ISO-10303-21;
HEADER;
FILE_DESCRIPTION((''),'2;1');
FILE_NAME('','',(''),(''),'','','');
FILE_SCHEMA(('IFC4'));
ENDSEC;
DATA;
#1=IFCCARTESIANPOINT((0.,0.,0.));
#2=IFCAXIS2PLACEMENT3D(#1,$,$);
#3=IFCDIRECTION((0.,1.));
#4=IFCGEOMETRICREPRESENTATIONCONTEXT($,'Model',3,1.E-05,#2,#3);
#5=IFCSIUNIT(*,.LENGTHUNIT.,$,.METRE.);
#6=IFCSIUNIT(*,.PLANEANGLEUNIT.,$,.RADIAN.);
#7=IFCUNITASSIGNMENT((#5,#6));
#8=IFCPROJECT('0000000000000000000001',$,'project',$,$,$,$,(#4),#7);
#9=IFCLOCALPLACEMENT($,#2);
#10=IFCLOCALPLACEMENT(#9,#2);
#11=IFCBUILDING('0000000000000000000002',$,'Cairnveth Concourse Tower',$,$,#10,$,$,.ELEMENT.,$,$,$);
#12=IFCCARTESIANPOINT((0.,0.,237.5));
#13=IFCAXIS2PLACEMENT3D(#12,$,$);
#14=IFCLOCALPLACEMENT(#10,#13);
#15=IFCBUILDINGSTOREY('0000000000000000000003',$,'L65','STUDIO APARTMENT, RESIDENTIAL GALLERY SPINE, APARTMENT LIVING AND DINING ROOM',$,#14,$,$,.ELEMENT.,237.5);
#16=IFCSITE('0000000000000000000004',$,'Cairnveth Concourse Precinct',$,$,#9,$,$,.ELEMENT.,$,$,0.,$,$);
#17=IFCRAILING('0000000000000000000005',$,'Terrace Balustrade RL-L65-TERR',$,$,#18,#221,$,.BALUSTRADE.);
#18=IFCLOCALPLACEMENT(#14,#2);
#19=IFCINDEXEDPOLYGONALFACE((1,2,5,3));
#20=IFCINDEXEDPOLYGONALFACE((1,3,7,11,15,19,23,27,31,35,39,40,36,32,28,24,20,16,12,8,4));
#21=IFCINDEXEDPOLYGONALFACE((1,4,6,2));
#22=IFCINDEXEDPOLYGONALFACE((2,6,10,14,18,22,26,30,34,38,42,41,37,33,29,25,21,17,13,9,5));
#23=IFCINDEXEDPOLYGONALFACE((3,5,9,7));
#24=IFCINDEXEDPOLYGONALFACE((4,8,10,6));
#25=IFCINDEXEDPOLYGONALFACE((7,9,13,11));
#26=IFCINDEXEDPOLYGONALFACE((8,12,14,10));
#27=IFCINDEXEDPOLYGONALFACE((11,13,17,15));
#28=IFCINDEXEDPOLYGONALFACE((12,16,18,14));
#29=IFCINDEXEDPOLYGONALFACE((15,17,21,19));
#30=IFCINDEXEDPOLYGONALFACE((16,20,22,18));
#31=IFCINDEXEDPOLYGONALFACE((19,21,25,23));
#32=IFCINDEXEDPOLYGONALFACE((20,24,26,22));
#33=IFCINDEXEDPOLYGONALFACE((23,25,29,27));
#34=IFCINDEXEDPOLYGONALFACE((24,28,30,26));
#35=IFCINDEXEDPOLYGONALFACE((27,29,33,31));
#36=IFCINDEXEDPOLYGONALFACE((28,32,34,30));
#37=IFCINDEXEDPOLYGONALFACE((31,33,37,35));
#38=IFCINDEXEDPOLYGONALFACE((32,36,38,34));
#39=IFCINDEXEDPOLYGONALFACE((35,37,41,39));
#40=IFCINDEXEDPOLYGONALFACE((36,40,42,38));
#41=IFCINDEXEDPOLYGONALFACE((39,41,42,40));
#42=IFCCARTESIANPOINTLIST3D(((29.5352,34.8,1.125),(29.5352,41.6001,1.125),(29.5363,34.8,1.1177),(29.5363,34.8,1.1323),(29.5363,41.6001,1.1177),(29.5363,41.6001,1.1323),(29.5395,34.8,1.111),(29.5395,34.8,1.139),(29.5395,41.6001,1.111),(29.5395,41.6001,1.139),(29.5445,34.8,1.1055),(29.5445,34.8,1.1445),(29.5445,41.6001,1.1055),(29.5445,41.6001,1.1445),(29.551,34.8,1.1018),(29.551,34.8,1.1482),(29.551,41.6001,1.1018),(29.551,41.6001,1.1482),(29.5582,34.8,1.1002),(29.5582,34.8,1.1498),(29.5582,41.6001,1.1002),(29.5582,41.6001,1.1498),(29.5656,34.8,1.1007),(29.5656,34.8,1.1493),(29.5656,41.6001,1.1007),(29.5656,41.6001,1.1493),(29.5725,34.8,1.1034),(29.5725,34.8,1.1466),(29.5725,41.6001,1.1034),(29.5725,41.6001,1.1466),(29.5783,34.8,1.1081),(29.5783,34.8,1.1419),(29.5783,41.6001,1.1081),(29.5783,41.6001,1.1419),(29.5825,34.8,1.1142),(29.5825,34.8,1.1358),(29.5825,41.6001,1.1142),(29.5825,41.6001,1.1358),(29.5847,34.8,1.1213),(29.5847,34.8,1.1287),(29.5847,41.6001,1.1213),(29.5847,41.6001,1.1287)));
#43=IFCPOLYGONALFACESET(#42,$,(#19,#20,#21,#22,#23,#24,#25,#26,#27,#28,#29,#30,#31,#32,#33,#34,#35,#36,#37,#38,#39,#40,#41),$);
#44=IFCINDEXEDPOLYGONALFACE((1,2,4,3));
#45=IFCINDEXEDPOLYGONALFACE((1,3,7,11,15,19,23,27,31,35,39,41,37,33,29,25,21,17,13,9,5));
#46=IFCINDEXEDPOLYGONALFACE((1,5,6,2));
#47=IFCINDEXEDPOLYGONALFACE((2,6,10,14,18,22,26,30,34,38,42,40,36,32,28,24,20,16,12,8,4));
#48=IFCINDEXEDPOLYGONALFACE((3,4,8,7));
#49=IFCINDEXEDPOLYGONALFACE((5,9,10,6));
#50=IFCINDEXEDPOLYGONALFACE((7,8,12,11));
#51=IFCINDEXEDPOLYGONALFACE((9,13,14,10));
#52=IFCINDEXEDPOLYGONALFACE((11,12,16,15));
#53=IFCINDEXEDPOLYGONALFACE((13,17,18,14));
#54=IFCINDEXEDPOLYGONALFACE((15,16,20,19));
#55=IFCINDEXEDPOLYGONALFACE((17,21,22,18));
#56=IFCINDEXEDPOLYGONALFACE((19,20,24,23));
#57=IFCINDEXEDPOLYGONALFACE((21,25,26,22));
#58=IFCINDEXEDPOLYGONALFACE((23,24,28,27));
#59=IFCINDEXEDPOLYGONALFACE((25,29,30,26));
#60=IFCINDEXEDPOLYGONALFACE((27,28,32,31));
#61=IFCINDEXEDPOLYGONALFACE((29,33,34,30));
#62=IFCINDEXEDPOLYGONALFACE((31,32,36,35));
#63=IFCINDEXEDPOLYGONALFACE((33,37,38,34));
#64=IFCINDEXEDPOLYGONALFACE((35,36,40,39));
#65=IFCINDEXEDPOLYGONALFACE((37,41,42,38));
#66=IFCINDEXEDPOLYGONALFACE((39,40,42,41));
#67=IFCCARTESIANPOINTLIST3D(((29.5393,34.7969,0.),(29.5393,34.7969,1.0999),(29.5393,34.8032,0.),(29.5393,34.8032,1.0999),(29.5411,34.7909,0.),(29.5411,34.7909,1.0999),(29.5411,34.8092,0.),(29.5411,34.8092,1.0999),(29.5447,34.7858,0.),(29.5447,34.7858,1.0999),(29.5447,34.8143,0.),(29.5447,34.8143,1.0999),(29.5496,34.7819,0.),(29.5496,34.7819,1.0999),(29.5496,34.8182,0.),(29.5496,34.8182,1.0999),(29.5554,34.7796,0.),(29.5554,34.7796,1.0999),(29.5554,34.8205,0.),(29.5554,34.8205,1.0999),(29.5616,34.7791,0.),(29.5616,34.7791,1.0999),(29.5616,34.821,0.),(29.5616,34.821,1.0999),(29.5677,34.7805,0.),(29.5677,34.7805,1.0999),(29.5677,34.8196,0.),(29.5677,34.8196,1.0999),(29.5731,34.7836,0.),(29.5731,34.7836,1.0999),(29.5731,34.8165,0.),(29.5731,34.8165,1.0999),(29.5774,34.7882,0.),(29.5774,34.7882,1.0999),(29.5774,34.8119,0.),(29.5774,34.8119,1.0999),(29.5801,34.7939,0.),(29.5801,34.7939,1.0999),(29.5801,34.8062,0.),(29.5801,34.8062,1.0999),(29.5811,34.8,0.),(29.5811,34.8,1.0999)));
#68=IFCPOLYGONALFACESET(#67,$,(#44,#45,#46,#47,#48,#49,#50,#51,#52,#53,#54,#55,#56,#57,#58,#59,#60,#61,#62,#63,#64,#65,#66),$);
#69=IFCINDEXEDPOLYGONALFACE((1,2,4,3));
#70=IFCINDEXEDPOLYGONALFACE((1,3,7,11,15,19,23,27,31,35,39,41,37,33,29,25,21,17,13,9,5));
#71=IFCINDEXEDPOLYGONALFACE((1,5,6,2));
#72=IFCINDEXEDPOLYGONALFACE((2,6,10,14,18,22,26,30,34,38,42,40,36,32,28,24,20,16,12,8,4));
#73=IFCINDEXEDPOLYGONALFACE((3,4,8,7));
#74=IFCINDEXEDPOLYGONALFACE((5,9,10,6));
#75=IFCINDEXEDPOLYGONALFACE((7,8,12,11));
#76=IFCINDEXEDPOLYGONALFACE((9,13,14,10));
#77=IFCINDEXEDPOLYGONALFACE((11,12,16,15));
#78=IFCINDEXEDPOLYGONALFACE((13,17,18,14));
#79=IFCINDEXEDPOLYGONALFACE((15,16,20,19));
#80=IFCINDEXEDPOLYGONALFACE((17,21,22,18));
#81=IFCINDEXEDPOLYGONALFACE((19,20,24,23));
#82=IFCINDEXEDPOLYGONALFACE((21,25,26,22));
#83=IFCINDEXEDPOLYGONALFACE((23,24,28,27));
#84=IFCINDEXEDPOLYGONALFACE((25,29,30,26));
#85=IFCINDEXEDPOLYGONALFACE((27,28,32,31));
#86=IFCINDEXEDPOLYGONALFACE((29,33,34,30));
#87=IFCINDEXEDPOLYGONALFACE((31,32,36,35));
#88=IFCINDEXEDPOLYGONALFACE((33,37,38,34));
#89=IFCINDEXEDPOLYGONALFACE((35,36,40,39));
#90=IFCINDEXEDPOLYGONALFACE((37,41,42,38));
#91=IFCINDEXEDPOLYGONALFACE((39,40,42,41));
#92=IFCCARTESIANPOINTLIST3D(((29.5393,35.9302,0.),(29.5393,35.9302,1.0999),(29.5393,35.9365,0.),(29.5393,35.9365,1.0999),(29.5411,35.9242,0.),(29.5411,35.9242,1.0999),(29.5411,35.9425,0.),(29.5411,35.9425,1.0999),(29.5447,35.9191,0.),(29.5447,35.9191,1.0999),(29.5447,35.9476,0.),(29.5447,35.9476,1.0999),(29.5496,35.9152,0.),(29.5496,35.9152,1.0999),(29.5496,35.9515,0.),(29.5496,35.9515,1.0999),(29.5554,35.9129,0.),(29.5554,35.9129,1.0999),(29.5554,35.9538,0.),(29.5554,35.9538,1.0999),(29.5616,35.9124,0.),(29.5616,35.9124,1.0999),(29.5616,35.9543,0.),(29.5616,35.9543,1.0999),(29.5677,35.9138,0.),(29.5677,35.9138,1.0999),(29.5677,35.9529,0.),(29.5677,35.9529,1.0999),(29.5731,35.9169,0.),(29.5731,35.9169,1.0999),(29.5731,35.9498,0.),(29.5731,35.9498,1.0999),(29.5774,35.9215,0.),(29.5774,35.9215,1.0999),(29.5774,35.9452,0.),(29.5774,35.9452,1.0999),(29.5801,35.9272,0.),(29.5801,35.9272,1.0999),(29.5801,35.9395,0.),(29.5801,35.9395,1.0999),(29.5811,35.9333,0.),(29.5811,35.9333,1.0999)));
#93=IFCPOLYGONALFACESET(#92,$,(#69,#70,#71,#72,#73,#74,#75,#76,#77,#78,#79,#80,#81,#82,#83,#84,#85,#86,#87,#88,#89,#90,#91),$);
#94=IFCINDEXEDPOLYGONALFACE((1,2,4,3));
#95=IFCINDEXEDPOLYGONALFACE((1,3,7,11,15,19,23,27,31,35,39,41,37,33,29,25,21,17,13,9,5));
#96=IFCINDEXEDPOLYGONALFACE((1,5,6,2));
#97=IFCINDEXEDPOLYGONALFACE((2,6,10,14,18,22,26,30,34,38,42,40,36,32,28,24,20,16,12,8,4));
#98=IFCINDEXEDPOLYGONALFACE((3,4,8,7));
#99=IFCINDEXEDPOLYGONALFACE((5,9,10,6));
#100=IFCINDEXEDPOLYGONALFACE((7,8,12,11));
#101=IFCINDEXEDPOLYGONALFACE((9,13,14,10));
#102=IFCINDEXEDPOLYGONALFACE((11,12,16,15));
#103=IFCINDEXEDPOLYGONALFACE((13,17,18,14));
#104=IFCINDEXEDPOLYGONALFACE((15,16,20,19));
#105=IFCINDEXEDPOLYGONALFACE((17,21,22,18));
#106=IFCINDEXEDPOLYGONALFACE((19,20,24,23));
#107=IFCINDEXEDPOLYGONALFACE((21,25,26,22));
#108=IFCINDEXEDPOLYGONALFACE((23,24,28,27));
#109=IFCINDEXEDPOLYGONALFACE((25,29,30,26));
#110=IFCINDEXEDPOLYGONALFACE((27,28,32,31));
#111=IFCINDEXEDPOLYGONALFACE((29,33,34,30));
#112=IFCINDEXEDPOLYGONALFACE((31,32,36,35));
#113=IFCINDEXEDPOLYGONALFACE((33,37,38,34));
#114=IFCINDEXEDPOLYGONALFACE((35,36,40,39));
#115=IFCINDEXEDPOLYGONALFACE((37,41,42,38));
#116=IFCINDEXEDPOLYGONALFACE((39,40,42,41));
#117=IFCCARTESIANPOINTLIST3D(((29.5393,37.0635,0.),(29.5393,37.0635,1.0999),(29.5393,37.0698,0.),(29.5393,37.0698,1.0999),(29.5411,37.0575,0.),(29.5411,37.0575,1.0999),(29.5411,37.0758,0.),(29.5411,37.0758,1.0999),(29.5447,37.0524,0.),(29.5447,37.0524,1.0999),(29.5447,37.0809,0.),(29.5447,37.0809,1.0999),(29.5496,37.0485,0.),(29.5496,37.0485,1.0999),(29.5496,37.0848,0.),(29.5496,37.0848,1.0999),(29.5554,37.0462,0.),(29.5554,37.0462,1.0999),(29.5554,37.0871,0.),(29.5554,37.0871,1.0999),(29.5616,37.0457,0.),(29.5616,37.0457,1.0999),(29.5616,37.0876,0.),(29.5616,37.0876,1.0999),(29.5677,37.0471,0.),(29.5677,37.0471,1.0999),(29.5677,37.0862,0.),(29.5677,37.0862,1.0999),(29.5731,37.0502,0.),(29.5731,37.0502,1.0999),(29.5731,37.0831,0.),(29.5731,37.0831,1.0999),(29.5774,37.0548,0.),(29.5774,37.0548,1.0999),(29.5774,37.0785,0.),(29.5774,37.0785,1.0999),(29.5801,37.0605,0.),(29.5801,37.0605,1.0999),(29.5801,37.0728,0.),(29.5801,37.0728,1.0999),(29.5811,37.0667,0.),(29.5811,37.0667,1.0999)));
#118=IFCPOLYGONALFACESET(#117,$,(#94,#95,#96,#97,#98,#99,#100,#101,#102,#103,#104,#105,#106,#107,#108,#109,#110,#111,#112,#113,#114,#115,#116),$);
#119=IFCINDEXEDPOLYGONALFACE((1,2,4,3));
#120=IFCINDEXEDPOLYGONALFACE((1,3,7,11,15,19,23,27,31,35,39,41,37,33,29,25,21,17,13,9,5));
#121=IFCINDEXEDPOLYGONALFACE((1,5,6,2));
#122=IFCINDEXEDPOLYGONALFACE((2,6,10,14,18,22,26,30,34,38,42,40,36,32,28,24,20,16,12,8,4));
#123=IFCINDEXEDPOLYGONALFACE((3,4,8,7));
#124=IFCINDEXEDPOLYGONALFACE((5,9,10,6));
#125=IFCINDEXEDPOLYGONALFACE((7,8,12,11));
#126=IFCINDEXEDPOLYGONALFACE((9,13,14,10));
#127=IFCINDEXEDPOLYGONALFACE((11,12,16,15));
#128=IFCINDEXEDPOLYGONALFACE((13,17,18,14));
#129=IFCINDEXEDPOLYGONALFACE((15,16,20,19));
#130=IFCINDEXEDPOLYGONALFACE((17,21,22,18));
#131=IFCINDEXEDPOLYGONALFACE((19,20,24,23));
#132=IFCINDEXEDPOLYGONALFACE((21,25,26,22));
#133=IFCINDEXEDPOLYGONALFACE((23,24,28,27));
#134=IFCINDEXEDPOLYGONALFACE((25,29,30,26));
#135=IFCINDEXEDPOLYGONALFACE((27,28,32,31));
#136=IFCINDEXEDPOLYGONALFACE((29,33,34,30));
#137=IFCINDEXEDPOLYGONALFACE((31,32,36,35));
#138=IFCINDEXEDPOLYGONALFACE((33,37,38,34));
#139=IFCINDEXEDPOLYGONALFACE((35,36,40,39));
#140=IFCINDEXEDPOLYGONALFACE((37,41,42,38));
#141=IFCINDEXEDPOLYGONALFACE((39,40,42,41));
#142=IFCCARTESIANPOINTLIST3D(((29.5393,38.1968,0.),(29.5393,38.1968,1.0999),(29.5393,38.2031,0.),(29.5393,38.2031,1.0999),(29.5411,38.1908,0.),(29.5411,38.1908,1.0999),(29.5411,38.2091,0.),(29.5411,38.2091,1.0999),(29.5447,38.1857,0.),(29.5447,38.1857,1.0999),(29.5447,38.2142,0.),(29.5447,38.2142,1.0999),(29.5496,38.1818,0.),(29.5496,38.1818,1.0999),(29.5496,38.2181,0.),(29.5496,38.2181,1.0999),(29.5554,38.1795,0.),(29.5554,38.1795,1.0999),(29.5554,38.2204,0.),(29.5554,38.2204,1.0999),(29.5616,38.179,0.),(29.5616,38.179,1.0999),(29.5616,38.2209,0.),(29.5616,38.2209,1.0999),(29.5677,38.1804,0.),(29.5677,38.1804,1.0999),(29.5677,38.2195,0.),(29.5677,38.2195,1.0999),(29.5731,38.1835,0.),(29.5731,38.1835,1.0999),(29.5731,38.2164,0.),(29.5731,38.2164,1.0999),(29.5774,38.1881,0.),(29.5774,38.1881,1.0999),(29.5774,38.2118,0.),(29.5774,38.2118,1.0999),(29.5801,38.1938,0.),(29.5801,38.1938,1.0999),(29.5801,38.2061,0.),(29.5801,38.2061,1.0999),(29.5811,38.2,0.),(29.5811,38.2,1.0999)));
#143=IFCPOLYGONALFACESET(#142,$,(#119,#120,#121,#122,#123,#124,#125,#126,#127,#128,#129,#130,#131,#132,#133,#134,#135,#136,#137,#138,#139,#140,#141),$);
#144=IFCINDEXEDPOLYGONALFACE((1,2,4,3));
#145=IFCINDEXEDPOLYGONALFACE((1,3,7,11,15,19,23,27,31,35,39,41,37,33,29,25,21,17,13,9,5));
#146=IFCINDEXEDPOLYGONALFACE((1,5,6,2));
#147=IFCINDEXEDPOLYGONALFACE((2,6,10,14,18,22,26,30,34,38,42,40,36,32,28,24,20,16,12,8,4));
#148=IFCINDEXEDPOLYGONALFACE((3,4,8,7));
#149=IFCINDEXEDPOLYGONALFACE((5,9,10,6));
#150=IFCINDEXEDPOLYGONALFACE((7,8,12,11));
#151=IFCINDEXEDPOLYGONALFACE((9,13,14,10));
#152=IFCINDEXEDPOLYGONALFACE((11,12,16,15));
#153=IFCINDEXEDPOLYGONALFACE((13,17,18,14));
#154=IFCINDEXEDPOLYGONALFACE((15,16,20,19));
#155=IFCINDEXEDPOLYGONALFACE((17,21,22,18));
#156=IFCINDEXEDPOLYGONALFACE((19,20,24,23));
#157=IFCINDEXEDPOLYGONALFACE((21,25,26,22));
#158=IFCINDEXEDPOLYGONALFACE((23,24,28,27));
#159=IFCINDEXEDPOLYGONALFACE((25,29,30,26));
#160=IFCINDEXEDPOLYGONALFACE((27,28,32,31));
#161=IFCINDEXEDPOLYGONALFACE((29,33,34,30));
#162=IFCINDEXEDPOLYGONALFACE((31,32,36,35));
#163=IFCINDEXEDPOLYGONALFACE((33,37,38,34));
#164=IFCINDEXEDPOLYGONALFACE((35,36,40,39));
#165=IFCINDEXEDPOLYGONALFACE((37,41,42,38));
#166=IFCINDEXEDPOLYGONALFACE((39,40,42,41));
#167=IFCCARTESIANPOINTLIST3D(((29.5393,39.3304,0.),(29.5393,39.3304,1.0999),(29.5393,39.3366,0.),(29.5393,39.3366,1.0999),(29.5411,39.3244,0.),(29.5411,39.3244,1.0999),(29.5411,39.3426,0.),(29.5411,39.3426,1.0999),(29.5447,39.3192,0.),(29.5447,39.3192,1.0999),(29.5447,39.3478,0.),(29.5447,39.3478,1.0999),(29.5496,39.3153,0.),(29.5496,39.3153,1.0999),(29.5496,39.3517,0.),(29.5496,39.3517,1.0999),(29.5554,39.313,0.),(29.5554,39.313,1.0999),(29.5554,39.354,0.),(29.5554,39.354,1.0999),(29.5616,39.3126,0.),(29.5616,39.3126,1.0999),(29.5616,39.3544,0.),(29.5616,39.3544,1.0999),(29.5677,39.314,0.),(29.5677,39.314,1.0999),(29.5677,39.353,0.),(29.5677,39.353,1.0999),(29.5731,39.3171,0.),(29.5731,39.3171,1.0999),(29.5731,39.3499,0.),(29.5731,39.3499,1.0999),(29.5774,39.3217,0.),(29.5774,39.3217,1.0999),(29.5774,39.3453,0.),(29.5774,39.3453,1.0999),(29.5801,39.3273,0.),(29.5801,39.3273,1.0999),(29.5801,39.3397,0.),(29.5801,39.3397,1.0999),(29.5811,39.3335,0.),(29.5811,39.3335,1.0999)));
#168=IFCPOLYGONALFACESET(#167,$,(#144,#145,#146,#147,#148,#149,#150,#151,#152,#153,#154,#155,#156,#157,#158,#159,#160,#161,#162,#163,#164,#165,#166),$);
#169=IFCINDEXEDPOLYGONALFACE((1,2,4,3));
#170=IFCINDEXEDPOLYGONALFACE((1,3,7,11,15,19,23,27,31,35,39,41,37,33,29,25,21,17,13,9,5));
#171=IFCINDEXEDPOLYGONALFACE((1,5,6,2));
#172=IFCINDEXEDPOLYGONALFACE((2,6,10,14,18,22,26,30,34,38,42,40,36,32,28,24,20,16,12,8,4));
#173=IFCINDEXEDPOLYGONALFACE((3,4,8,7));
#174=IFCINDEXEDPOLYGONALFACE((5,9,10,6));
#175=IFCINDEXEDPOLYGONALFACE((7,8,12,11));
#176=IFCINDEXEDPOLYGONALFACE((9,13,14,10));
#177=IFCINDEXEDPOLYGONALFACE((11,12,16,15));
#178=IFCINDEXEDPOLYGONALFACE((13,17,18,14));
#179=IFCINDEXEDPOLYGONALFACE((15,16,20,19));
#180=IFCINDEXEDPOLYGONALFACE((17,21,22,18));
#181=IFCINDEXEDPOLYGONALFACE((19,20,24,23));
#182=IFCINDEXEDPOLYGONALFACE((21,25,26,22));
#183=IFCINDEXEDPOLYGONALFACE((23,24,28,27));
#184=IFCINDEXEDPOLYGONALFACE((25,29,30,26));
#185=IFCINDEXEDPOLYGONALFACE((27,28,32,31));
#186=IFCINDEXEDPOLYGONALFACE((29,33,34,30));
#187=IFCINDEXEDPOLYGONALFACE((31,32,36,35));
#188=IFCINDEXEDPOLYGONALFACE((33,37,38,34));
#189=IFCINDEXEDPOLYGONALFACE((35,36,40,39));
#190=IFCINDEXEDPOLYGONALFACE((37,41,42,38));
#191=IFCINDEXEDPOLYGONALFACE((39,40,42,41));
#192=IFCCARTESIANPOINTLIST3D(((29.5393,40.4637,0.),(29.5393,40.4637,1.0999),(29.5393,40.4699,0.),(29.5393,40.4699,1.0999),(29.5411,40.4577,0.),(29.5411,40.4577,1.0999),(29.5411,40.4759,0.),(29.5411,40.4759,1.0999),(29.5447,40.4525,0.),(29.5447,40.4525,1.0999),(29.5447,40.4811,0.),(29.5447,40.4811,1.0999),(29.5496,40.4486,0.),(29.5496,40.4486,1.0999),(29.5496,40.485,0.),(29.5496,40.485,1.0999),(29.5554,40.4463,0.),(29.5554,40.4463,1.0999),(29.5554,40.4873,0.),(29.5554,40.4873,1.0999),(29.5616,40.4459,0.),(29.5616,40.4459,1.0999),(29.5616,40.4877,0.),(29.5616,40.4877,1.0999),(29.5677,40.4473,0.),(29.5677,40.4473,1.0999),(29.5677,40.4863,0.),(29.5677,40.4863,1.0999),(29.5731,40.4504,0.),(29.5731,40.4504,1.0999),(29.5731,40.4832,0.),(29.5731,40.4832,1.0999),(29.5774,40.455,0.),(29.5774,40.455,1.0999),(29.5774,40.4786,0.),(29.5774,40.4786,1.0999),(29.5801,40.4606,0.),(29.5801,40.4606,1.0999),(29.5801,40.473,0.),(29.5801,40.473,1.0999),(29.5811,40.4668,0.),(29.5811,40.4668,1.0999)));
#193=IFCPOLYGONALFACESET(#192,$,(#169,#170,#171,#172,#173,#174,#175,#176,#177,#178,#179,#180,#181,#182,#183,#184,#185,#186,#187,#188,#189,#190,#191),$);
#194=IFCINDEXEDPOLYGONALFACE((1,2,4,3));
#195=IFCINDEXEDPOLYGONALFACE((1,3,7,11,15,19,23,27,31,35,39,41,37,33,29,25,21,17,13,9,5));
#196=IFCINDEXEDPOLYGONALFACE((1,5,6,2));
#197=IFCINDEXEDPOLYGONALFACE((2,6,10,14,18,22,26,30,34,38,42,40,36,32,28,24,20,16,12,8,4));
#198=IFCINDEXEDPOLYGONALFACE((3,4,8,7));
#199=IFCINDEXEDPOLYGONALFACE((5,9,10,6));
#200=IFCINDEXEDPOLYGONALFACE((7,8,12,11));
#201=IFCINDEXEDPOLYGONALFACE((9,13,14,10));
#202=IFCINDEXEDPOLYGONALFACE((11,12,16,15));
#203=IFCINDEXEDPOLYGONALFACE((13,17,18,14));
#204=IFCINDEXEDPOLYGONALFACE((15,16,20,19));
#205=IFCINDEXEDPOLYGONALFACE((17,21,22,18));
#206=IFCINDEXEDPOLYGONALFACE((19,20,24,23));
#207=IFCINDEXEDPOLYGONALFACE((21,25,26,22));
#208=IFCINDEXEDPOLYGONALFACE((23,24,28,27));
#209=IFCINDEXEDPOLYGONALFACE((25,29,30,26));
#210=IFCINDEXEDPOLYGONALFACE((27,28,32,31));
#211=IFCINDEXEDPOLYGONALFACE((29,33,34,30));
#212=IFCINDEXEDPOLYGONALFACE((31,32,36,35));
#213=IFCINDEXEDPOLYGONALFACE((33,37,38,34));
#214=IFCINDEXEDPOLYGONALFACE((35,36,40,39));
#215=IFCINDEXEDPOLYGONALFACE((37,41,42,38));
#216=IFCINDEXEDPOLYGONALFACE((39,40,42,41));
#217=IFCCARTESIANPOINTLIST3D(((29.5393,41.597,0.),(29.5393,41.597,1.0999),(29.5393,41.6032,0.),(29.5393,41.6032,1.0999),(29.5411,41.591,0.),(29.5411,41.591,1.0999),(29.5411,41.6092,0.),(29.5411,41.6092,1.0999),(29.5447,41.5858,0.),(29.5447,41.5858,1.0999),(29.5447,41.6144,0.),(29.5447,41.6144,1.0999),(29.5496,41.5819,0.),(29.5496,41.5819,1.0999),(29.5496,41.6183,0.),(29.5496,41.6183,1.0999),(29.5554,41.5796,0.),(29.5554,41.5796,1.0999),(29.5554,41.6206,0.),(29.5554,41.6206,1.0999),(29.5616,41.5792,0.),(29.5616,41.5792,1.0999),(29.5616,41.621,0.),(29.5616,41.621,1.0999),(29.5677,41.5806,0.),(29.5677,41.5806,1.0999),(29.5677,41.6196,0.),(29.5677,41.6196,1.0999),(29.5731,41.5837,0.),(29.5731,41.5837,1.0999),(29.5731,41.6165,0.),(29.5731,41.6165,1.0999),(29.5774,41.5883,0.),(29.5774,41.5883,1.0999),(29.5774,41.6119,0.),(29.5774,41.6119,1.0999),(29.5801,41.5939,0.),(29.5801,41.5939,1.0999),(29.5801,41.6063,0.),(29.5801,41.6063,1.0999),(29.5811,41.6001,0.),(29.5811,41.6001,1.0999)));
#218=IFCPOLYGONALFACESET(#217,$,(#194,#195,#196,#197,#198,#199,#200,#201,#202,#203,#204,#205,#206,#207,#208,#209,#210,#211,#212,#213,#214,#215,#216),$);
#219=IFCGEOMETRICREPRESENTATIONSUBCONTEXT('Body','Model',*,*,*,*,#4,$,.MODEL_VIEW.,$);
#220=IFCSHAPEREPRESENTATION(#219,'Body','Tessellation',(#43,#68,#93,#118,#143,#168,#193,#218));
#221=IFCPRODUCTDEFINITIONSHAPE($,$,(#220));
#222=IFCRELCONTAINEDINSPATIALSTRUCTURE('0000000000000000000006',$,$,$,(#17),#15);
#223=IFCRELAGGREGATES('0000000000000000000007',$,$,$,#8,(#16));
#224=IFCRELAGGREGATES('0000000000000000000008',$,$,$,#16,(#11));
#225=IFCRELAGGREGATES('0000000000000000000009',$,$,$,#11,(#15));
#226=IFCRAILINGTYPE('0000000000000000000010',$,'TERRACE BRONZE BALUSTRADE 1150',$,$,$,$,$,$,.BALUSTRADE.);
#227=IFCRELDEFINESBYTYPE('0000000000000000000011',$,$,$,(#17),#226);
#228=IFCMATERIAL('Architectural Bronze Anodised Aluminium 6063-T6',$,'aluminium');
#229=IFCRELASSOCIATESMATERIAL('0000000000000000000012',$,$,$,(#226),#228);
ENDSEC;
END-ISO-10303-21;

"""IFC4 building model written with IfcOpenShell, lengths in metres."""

from ifc_helpers import new_model, si_unit, direction, frame, origin, origin_2d, place, context, subcontext, project, spatial, circle, extrude, material, type_object, element, save


model = new_model("IFC4")

# Units and contexts
model_context = context("Model", 3, precision=1e-05, world=origin(), true_north=direction((0.0, 1.0)))
body_context = subcontext(model_context, "Body", "Model", "MODEL_VIEW")
ifc_project = project(units=[si_unit("LENGTHUNIT", "METRE"), si_unit("PLANEANGLEUNIT", "RADIAN")], contexts=[model_context])

# Site, building, storey
site_placement = place(None, origin())
site = spatial("IfcSite", under=ifc_project, at=site_placement, Name="Cairnveth Concourse Precinct", CompositionType="ELEMENT", RefElevation=0.0)
building_placement = place(site_placement, origin())
building = spatial("IfcBuilding", under=site, at=building_placement, Name="Cairnveth Concourse Tower", CompositionType="ELEMENT")
storey_placement = place(building_placement, frame((0.0, 0.0, 237.5)))
storey = spatial("IfcBuildingStorey", under=building, at=storey_placement, Name="L65", Description="STUDIO APARTMENT, RESIDENTIAL GALLERY SPINE, APARTMENT LIVING AND DINING ROOM", CompositionType="ELEMENT", Elevation=237.5)

# Shared definitions
ifc_material_1 = material(Name="Architectural Bronze Anodised Aluminium 6063-T6", Category="aluminium")

# Railing
railing_type = type_object("IfcRailingType", Name="TERRACE BRONZE BALUSTRADE 1150", PredefinedType="BALUSTRADE", material=ifc_material_1)
railing_placement = place(storey_placement, frame((29.5601, 34.8, 0.0)))
element("IfcRailing", 1, at=railing_placement, inside=storey, type_object=railing_type, Name="Terrace Balustrade RL-L65-TERR", PredefinedType="BALUSTRADE", context=body_context, shape_type="SweptSolid", body=[
    extrude(circle(Radius=0.0249, at=origin_2d()), frame((0.0, 0.0, 1.125), z_axis=(0.0, 1.0, 0.0), x_axis=(-1.0, 0.0, 0.0)), (0.0, 0.0, 1.0), 6.8),
    extrude(circle(Radius=0.021, at=origin_2d()), origin(), (0.0, 0.0, 1.0), 1.0999),
    extrude(circle(Radius=0.021, at=origin_2d()), frame((0.0, 1.1333, 0.0)), (0.0, 0.0, 1.0), 1.0999),
    extrude(circle(Radius=0.021, at=origin_2d()), frame((0.0, 2.2666, 0.0)), (0.0, 0.0, 1.0), 1.0999),
    extrude(circle(Radius=0.021, at=origin_2d()), frame((0.0, 3.3999, 0.0)), (0.0, 0.0, 1.0), 1.0999),
    extrude(circle(Radius=0.021, at=origin_2d()), frame((0.0, 4.5334, 0.0)), (0.0, 0.0, 1.0), 1.0999),
    extrude(circle(Radius=0.021, at=origin_2d()), frame((0.0, 5.6667, 0.0)), (0.0, 0.0, 1.0), 1.0999),
    extrude(circle(Radius=0.021, at=origin_2d()), frame((0.0, 6.8, 0.0)), (0.0, 0.0, 1.0), 1.0999),
])

save(model, "model.ifc")
